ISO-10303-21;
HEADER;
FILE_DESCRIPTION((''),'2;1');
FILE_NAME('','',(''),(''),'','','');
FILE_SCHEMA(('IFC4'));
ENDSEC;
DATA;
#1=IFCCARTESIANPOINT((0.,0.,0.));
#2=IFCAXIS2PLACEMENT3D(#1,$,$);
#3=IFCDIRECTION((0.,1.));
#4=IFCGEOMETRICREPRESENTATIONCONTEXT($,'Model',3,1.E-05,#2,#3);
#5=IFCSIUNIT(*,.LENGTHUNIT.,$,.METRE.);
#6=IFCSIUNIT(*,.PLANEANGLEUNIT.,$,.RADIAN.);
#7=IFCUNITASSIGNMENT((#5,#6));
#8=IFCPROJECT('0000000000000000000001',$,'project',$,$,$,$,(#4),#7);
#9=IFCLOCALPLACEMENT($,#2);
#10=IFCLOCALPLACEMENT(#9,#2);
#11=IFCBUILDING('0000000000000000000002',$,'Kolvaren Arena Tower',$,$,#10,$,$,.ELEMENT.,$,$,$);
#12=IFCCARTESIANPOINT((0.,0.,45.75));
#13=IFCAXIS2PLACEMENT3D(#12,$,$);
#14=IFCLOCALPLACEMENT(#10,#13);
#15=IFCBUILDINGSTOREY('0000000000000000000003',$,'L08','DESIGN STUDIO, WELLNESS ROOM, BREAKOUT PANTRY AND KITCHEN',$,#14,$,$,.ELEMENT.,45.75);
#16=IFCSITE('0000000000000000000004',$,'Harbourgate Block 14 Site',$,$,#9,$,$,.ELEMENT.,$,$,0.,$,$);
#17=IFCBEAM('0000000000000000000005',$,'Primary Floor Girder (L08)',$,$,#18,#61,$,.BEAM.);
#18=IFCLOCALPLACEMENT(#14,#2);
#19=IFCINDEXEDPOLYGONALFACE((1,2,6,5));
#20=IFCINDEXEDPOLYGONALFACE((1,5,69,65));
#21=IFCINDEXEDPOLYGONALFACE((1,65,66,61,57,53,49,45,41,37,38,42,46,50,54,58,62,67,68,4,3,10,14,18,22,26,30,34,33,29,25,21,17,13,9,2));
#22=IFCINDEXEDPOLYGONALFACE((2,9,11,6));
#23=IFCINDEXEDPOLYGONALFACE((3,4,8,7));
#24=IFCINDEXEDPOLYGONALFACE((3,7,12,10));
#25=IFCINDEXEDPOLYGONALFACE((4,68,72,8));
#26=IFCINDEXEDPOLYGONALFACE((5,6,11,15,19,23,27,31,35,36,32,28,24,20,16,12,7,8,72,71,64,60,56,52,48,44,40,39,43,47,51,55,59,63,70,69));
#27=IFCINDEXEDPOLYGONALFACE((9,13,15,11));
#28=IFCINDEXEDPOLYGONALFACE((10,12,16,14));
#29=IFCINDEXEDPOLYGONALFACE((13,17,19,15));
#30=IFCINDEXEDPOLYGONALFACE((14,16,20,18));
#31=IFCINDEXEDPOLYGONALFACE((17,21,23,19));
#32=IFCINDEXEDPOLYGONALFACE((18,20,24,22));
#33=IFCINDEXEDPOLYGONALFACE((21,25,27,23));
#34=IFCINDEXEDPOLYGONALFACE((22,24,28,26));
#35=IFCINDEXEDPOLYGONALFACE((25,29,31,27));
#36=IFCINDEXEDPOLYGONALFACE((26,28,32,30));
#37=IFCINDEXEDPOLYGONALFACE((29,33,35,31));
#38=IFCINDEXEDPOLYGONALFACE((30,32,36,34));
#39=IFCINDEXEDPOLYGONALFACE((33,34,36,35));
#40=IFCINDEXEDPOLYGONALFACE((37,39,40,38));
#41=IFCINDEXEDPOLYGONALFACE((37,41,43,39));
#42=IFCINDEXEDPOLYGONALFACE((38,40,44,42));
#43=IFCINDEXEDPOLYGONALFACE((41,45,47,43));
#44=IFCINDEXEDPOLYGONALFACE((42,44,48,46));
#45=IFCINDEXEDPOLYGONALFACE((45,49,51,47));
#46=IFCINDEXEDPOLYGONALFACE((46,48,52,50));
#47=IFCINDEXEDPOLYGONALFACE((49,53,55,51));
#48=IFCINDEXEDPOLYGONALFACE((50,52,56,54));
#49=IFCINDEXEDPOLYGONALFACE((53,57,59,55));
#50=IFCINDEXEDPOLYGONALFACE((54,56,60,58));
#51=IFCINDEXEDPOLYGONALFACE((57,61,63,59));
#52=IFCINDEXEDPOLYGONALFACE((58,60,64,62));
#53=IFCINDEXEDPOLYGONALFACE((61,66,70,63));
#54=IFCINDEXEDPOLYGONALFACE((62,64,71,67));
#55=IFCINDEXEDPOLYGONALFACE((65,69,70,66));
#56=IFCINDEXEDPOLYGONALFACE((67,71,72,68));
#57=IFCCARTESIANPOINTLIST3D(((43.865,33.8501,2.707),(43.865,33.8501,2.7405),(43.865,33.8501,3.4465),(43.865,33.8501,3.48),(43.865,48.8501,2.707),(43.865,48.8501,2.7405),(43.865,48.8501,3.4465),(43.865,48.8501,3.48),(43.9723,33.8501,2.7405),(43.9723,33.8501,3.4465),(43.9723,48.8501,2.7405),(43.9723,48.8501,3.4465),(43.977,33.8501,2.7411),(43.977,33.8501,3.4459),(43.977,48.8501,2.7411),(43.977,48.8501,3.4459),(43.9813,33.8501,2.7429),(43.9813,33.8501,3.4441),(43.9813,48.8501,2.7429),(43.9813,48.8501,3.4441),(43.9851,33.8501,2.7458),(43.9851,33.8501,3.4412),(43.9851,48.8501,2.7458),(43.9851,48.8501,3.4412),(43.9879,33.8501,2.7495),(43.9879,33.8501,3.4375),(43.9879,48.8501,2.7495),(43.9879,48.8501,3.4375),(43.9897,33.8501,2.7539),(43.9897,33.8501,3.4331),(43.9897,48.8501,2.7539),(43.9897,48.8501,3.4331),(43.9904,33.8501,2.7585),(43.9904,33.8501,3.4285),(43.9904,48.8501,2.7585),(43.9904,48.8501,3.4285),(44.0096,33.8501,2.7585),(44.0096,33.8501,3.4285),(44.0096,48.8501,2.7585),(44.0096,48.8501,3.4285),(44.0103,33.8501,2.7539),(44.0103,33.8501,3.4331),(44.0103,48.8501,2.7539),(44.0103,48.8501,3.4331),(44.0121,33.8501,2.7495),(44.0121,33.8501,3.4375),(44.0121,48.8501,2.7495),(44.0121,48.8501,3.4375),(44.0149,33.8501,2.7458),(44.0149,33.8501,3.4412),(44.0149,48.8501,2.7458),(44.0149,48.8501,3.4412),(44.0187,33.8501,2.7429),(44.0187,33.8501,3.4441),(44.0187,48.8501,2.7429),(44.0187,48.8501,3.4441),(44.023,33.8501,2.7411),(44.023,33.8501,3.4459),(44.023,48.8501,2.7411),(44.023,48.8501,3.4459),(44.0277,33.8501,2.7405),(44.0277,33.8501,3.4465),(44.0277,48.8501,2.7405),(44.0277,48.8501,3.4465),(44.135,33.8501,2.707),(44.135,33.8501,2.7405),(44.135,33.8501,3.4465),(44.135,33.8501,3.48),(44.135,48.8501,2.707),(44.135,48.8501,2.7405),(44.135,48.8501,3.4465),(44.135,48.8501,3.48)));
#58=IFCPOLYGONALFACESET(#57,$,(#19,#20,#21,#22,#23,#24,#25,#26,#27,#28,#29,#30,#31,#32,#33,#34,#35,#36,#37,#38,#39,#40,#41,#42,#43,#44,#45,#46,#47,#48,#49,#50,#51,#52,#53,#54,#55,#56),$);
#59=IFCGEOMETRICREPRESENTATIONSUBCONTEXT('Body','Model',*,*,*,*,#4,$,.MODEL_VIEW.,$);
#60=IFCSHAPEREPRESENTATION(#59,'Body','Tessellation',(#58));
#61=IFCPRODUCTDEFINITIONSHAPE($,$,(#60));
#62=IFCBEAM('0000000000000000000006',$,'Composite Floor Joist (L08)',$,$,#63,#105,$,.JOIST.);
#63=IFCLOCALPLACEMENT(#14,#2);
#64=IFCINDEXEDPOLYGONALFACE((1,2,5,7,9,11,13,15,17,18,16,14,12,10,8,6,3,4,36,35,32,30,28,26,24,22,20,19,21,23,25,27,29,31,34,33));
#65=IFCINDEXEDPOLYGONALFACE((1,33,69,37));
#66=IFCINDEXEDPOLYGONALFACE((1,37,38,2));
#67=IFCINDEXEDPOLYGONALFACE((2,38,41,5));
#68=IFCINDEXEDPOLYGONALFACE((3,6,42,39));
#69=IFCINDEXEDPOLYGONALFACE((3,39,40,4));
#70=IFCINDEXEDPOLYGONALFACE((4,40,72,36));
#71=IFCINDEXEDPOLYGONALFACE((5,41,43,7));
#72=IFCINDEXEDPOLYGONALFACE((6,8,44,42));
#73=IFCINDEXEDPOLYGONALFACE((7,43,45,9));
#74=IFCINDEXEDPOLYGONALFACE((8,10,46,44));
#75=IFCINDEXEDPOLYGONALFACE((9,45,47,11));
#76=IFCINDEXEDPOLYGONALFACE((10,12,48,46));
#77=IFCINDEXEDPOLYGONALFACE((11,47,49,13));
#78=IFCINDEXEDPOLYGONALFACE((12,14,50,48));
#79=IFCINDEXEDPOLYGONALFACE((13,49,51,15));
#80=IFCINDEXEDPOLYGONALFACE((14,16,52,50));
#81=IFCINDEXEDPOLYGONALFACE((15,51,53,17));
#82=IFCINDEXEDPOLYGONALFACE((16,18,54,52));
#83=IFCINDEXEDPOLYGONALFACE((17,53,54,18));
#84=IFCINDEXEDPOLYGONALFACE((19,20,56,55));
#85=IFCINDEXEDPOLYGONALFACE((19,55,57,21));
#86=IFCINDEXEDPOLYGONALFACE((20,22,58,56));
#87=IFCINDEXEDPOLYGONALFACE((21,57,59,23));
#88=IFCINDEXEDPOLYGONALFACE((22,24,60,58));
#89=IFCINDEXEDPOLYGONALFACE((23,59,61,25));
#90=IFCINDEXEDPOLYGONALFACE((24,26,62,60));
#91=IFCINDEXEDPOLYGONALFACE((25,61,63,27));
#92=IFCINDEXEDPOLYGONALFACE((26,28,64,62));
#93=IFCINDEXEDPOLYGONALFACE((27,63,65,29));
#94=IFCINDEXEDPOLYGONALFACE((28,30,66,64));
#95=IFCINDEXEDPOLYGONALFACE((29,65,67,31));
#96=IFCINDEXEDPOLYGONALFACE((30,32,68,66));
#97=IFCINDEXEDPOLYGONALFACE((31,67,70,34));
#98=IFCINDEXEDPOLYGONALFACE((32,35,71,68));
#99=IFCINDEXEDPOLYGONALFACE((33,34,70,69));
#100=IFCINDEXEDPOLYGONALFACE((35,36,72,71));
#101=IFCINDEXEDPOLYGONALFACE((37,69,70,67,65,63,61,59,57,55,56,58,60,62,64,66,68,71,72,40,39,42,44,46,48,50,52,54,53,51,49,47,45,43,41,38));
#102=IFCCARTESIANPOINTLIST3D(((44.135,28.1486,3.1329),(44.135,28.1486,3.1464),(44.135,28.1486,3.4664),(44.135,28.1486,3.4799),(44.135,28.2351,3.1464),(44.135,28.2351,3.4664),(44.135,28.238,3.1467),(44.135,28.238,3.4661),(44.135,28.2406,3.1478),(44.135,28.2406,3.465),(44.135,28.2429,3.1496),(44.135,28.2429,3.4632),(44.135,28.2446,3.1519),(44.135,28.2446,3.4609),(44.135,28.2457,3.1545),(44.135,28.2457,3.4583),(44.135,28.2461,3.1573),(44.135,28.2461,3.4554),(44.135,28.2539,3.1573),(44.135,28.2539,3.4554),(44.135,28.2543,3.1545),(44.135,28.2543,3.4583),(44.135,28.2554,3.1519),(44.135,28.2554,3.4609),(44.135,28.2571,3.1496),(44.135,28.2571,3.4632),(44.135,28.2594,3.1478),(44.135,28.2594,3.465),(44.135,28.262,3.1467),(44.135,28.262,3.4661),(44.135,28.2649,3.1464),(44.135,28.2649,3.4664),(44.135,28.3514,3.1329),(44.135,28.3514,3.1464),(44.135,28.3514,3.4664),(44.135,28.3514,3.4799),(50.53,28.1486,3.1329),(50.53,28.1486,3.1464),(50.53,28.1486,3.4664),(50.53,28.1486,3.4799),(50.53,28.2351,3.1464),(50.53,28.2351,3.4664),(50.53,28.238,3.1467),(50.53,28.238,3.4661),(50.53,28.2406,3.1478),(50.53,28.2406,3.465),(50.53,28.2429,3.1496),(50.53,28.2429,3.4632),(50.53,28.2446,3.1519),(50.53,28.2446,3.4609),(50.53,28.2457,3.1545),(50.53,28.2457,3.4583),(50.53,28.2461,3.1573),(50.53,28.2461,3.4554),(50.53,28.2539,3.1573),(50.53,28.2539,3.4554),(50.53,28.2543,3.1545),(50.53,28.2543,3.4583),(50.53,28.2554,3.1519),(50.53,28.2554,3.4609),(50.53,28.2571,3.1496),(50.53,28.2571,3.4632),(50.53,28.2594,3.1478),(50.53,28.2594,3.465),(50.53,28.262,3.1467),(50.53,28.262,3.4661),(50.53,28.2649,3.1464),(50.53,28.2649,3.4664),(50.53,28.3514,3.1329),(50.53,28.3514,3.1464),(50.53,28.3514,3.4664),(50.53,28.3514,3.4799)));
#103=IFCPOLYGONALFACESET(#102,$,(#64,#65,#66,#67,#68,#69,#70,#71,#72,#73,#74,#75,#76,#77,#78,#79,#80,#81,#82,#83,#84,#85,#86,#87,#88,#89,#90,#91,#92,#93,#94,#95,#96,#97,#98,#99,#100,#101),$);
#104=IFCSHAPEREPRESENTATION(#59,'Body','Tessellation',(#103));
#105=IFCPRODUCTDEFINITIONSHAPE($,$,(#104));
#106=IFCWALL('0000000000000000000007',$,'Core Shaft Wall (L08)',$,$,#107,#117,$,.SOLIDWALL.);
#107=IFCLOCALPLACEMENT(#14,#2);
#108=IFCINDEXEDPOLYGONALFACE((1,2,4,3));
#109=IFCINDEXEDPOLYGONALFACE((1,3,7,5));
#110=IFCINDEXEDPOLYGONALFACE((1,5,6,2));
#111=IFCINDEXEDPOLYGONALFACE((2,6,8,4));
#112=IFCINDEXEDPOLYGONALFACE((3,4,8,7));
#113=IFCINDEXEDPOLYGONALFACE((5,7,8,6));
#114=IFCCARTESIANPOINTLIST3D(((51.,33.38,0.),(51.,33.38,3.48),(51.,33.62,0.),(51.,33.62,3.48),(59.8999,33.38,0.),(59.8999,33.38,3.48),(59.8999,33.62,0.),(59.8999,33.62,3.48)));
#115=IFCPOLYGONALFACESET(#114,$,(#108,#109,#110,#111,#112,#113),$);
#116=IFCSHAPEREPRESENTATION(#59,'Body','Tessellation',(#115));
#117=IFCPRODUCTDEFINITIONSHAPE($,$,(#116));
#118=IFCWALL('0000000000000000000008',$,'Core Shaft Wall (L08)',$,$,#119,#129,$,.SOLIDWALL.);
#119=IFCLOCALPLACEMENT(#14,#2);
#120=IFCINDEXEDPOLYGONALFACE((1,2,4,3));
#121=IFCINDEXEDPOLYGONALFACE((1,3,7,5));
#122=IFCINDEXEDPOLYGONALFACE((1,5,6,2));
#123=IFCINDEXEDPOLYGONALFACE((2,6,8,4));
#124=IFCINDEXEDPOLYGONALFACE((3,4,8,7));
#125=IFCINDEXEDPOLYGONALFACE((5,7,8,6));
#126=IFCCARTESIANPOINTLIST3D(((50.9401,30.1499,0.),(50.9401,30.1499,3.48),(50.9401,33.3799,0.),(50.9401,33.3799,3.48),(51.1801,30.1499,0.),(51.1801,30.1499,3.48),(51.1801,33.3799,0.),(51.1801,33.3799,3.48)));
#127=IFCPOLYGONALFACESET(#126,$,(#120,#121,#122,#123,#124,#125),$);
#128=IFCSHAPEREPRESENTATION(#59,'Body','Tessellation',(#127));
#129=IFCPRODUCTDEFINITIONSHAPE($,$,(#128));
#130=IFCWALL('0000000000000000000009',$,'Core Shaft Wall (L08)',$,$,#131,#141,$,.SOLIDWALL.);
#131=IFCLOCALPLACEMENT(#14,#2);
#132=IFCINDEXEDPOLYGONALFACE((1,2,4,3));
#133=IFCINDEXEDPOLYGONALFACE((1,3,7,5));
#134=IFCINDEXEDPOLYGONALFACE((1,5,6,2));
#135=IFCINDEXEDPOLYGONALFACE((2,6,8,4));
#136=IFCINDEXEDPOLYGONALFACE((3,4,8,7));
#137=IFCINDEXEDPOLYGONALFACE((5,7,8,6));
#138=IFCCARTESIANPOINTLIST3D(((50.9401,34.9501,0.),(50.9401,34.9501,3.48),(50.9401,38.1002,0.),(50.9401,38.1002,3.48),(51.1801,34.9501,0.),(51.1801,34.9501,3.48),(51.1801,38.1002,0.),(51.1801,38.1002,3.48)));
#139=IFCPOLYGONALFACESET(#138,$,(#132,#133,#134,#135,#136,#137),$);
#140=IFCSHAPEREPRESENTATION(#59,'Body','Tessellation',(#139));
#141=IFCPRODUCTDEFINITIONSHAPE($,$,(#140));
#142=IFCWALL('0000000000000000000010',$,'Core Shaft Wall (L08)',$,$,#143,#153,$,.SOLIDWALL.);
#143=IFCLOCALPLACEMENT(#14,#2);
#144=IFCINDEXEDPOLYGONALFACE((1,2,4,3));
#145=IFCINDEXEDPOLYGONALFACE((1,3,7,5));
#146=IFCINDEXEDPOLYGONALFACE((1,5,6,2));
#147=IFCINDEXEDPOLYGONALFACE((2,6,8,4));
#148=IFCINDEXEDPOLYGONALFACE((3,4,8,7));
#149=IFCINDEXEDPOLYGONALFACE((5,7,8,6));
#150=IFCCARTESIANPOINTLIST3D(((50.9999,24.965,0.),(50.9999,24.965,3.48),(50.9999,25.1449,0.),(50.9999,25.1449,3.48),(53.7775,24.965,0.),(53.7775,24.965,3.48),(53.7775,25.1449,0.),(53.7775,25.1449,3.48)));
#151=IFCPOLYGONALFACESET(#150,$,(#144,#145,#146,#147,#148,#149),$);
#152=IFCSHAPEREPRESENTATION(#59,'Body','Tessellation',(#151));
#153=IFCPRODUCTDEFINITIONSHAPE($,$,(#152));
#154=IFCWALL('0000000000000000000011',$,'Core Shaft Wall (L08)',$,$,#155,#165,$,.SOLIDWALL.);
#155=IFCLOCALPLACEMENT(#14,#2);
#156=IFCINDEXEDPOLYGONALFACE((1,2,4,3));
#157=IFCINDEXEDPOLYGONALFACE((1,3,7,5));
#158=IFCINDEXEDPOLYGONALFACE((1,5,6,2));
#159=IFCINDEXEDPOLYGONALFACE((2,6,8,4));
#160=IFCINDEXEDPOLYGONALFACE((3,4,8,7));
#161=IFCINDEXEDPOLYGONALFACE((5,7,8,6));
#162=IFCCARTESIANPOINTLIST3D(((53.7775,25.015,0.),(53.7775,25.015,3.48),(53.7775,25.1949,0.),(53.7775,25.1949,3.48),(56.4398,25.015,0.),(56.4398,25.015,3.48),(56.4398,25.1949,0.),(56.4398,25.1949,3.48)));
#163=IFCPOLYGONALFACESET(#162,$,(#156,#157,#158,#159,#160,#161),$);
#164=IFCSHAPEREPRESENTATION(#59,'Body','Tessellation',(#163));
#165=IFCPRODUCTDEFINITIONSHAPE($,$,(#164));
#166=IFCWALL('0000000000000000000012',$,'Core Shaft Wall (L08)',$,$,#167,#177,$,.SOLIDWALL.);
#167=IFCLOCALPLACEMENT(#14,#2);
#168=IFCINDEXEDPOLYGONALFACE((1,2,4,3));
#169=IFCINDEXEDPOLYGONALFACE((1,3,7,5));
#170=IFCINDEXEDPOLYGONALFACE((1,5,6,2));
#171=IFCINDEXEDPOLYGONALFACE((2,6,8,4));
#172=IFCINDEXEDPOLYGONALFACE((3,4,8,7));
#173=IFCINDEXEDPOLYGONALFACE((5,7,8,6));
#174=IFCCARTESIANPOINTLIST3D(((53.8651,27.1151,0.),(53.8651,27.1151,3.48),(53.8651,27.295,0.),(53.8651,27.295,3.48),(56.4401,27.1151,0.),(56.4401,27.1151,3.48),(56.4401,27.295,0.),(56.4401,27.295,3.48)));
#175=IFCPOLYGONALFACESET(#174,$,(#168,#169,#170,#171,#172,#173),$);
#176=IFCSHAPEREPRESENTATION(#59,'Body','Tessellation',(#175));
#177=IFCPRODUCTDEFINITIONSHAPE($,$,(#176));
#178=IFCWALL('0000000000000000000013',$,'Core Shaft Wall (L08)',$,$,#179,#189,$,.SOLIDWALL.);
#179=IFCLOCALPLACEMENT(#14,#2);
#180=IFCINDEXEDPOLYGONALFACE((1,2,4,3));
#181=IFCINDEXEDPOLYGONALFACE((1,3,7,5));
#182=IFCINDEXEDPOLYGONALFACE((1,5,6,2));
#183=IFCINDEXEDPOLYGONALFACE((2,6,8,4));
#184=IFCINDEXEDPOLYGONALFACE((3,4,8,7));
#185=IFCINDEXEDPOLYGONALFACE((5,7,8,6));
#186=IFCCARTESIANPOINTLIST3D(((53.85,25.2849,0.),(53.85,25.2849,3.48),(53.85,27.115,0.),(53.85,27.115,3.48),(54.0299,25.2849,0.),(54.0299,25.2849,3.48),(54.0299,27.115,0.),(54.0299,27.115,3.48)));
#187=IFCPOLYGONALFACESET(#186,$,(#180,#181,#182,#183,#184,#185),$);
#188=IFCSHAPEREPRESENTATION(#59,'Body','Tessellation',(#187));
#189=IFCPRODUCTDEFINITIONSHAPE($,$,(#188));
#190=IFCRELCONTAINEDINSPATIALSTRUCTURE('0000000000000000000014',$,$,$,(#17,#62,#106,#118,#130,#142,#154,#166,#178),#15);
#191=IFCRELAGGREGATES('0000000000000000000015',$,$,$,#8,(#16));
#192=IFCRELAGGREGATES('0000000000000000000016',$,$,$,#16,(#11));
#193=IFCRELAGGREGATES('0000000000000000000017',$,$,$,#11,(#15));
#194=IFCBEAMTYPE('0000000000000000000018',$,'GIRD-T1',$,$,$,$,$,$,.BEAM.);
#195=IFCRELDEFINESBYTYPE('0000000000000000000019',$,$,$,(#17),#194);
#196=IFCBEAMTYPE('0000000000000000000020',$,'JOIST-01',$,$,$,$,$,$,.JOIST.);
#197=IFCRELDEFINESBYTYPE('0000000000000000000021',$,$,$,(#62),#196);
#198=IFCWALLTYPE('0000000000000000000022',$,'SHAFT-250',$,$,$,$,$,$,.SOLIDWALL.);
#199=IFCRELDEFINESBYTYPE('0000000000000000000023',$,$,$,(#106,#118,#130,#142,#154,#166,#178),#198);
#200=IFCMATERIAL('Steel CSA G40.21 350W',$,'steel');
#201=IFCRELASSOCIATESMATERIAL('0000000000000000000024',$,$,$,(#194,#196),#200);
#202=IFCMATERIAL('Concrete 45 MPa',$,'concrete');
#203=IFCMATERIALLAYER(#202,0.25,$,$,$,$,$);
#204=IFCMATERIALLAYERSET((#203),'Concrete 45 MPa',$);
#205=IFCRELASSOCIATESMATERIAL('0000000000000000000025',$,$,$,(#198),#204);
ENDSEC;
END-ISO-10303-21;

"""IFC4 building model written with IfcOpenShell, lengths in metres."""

from ifc_helpers import new_model, si_unit, direction, frame, frame_2d, origin, origin_2d, place, context, subcontext, project, spatial, rectangle, i_section, extrude, material, layer, layer_set, material_profile, profile_set, type_object, element, save


model = new_model("IFC4")

# Units and contexts
model_context = context("Model", 3, precision=1e-05, world=origin(), true_north=direction((0.0, 1.0)))
body_context = subcontext(model_context, "Body", "Model", "MODEL_VIEW")
ifc_project = project(units=[si_unit("LENGTHUNIT", "METRE"), si_unit("PLANEANGLEUNIT", "RADIAN")], contexts=[model_context])

# Site, building, storey
site_placement = place(None, origin())
site = spatial("IfcSite", under=ifc_project, at=site_placement, Name="Harbourgate Block 14 Site", CompositionType="ELEMENT", RefElevation=0.0)
building_placement = place(site_placement, origin())
building = spatial("IfcBuilding", under=site, at=building_placement, Name="Kolvaren Arena Tower", CompositionType="ELEMENT")
storey_placement = place(building_placement, frame((0.0, 0.0, 45.75)))
storey = spatial("IfcBuildingStorey", under=building, at=storey_placement, Name="L08", Description="DESIGN STUDIO, WELLNESS ROOM, BREAKOUT PANTRY AND KITCHEN", CompositionType="ELEMENT", Elevation=45.75)

# Beams
ifc_material_1 = material(Name="Steel CSA G40.21 350W", Category="steel")
ifc_material_profile_1 = material_profile(ifc_material_1, i_section(OverallWidth=0.27, OverallDepth=0.7729, WebThickness=0.0193, FlangeThickness=0.0334, FilletRadius=0.0181, at=origin_2d()), Name="W760x257")
ifc_profile_set_1 = profile_set([ifc_material_profile_1], Name="Steel CSA G40.21 350W")
beam_type_1 = type_object("IfcBeamType", Name="GIRD-T1", PredefinedType="BEAM", material=ifc_profile_set_1)
beam_1_placement = place(storey_placement, frame((44.0, 33.8501, 3.0935), z_axis=(0.0, 1.0, 0.0), x_axis=(-1.0, 0.0, 0.0)))
element("IfcBeam", 1, at=beam_1_placement, inside=storey, type_object=beam_type_1, Name="Primary Floor Girder (L08)", PredefinedType="BEAM", context=body_context, shape_type="SweptSolid", body=[
    extrude(i_section(OverallWidth=0.27, OverallDepth=0.7729, WebThickness=0.0193, FlangeThickness=0.0334, FilletRadius=0.0181, at=origin_2d()), origin(), (0.0, 0.0, 1.0), 15.0),
])
ifc_material_profile_2 = material_profile(ifc_material_1, i_section(OverallWidth=0.2029, OverallDepth=0.3469, WebThickness=0.0078, FlangeThickness=0.0134, FilletRadius=0.011, at=origin_2d()), Name="W360x64")
ifc_profile_set_2 = profile_set([ifc_material_profile_2], Name="Steel CSA G40.21 350W")
beam_type_2 = type_object("IfcBeamType", Name="JOIST-01", PredefinedType="JOIST", material=ifc_profile_set_2)
beam_2_placement = place(storey_placement, frame((44.135, 28.25, 3.3064), z_axis=(1.0, 0.0, 0.0), x_axis=(0.0, 1.0, 0.0)))
element("IfcBeam", 2, at=beam_2_placement, inside=storey, type_object=beam_type_2, Name="Composite Floor Joist (L08)", PredefinedType="JOIST", context=body_context, shape_type="SweptSolid", body=[
    extrude(i_section(OverallWidth=0.2029, OverallDepth=0.3469, WebThickness=0.0078, FlangeThickness=0.0134, FilletRadius=0.011, at=origin_2d()), origin(), (0.0, 0.0, 1.0), 6.395),
])

# Walls
ifc_material_2 = material(Name="Concrete 45 MPa", Category="concrete")
ifc_layer = layer(ifc_material_2, 0.25)
ifc_layer_set = layer_set([ifc_layer], Name="Concrete 45 MPa")
wall_type = type_object("IfcWallType", Name="SHAFT-250", PredefinedType="SOLIDWALL", material=ifc_layer_set)
wall_1_placement = place(storey_placement, frame((51.0, 33.5, 0.0), z_axis=(0.0, 0.0, 1.0), x_axis=(1.0, 0.0, 0.0)))
element("IfcWall", 3, at=wall_1_placement, inside=storey, type_object=wall_type, Name="Core Shaft Wall (L08)", PredefinedType="SOLIDWALL", context=body_context, shape_type="SweptSolid", body=[
    extrude(rectangle(XDim=8.8999, YDim=0.24, at=frame_2d((4.45, 0.0))), origin(), (0.0, 0.0, 1.0), 3.48),
])
wall_2_placement = place(storey_placement, frame((51.0601, 30.1499, 0.0), z_axis=(0.0, 0.0, 1.0), x_axis=(0.0, 1.0, 0.0)))
element("IfcWall", 4, at=wall_2_placement, inside=storey, type_object=wall_type, Name="Core Shaft Wall (L08)", PredefinedType="SOLIDWALL", context=body_context, shape_type="SweptSolid", body=[
    extrude(rectangle(XDim=3.23, YDim=0.24, at=frame_2d((1.615, 0.0))), origin(), (0.0, 0.0, 1.0), 3.48),
])
wall_3_placement = place(storey_placement, frame((51.0601, 34.95, 0.0), z_axis=(0.0, 0.0, 1.0), x_axis=(0.0, 1.0, 0.0)))
element("IfcWall", 5, at=wall_3_placement, inside=storey, type_object=wall_type, Name="Core Shaft Wall (L08)", PredefinedType="SOLIDWALL", context=body_context, shape_type="SweptSolid", body=[
    extrude(rectangle(XDim=3.1501, YDim=0.24, at=frame_2d((1.5752, 0.0))), origin(), (0.0, 0.0, 1.0), 3.48),
])
wall_4_placement = place(storey_placement, frame((51.0, 25.0549, 0.0), z_axis=(0.0, 0.0, 1.0), x_axis=(1.0, 0.0, 0.0)))
element("IfcWall", 6, at=wall_4_placement, inside=storey, type_object=wall_type, Name="Core Shaft Wall (L08)", PredefinedType="SOLIDWALL", context=body_context, shape_type="SweptSolid", body=[
    extrude(rectangle(XDim=2.7776, YDim=0.1799, at=frame_2d((1.3887, 0.0))), origin(), (0.0, 0.0, 1.0), 3.48),
])
wall_5_placement = place(storey_placement, frame((53.7776, 25.105, 0.0), z_axis=(0.0, 0.0, 1.0), x_axis=(1.0, 0.0, 0.0)))
element("IfcWall", 7, at=wall_5_placement, inside=storey, type_object=wall_type, Name="Core Shaft Wall (L08)", PredefinedType="SOLIDWALL", context=body_context, shape_type="SweptSolid", body=[
    extrude(rectangle(XDim=2.6624, YDim=0.1799, at=frame_2d((1.3311, 0.0))), origin(), (0.0, 0.0, 1.0), 3.48),
])
wall_6_placement = place(storey_placement, frame((53.865, 27.2051, 0.0), z_axis=(0.0, 0.0, 1.0), x_axis=(1.0, 0.0, 0.0)))
element("IfcWall", 8, at=wall_6_placement, inside=storey, type_object=wall_type, Name="Core Shaft Wall (L08)", PredefinedType="SOLIDWALL", context=body_context, shape_type="SweptSolid", body=[
    extrude(rectangle(XDim=2.575, YDim=0.1799, at=frame_2d((1.2876, 0.0))), origin(), (0.0, 0.0, 1.0), 3.48),
])
wall_7_placement = place(storey_placement, frame((53.9399, 25.2849, 0.0), z_axis=(0.0, 0.0, 1.0), x_axis=(0.0, 1.0, 0.0)))
element("IfcWall", 9, at=wall_7_placement, inside=storey, type_object=wall_type, Name="Core Shaft Wall (L08)", PredefinedType="SOLIDWALL", context=body_context, shape_type="SweptSolid", body=[
    extrude(rectangle(XDim=1.8301, YDim=0.1799, at=frame_2d((0.915, 0.0))), origin(), (0.0, 0.0, 1.0), 3.48),
])

save(model, "model.ifc")
